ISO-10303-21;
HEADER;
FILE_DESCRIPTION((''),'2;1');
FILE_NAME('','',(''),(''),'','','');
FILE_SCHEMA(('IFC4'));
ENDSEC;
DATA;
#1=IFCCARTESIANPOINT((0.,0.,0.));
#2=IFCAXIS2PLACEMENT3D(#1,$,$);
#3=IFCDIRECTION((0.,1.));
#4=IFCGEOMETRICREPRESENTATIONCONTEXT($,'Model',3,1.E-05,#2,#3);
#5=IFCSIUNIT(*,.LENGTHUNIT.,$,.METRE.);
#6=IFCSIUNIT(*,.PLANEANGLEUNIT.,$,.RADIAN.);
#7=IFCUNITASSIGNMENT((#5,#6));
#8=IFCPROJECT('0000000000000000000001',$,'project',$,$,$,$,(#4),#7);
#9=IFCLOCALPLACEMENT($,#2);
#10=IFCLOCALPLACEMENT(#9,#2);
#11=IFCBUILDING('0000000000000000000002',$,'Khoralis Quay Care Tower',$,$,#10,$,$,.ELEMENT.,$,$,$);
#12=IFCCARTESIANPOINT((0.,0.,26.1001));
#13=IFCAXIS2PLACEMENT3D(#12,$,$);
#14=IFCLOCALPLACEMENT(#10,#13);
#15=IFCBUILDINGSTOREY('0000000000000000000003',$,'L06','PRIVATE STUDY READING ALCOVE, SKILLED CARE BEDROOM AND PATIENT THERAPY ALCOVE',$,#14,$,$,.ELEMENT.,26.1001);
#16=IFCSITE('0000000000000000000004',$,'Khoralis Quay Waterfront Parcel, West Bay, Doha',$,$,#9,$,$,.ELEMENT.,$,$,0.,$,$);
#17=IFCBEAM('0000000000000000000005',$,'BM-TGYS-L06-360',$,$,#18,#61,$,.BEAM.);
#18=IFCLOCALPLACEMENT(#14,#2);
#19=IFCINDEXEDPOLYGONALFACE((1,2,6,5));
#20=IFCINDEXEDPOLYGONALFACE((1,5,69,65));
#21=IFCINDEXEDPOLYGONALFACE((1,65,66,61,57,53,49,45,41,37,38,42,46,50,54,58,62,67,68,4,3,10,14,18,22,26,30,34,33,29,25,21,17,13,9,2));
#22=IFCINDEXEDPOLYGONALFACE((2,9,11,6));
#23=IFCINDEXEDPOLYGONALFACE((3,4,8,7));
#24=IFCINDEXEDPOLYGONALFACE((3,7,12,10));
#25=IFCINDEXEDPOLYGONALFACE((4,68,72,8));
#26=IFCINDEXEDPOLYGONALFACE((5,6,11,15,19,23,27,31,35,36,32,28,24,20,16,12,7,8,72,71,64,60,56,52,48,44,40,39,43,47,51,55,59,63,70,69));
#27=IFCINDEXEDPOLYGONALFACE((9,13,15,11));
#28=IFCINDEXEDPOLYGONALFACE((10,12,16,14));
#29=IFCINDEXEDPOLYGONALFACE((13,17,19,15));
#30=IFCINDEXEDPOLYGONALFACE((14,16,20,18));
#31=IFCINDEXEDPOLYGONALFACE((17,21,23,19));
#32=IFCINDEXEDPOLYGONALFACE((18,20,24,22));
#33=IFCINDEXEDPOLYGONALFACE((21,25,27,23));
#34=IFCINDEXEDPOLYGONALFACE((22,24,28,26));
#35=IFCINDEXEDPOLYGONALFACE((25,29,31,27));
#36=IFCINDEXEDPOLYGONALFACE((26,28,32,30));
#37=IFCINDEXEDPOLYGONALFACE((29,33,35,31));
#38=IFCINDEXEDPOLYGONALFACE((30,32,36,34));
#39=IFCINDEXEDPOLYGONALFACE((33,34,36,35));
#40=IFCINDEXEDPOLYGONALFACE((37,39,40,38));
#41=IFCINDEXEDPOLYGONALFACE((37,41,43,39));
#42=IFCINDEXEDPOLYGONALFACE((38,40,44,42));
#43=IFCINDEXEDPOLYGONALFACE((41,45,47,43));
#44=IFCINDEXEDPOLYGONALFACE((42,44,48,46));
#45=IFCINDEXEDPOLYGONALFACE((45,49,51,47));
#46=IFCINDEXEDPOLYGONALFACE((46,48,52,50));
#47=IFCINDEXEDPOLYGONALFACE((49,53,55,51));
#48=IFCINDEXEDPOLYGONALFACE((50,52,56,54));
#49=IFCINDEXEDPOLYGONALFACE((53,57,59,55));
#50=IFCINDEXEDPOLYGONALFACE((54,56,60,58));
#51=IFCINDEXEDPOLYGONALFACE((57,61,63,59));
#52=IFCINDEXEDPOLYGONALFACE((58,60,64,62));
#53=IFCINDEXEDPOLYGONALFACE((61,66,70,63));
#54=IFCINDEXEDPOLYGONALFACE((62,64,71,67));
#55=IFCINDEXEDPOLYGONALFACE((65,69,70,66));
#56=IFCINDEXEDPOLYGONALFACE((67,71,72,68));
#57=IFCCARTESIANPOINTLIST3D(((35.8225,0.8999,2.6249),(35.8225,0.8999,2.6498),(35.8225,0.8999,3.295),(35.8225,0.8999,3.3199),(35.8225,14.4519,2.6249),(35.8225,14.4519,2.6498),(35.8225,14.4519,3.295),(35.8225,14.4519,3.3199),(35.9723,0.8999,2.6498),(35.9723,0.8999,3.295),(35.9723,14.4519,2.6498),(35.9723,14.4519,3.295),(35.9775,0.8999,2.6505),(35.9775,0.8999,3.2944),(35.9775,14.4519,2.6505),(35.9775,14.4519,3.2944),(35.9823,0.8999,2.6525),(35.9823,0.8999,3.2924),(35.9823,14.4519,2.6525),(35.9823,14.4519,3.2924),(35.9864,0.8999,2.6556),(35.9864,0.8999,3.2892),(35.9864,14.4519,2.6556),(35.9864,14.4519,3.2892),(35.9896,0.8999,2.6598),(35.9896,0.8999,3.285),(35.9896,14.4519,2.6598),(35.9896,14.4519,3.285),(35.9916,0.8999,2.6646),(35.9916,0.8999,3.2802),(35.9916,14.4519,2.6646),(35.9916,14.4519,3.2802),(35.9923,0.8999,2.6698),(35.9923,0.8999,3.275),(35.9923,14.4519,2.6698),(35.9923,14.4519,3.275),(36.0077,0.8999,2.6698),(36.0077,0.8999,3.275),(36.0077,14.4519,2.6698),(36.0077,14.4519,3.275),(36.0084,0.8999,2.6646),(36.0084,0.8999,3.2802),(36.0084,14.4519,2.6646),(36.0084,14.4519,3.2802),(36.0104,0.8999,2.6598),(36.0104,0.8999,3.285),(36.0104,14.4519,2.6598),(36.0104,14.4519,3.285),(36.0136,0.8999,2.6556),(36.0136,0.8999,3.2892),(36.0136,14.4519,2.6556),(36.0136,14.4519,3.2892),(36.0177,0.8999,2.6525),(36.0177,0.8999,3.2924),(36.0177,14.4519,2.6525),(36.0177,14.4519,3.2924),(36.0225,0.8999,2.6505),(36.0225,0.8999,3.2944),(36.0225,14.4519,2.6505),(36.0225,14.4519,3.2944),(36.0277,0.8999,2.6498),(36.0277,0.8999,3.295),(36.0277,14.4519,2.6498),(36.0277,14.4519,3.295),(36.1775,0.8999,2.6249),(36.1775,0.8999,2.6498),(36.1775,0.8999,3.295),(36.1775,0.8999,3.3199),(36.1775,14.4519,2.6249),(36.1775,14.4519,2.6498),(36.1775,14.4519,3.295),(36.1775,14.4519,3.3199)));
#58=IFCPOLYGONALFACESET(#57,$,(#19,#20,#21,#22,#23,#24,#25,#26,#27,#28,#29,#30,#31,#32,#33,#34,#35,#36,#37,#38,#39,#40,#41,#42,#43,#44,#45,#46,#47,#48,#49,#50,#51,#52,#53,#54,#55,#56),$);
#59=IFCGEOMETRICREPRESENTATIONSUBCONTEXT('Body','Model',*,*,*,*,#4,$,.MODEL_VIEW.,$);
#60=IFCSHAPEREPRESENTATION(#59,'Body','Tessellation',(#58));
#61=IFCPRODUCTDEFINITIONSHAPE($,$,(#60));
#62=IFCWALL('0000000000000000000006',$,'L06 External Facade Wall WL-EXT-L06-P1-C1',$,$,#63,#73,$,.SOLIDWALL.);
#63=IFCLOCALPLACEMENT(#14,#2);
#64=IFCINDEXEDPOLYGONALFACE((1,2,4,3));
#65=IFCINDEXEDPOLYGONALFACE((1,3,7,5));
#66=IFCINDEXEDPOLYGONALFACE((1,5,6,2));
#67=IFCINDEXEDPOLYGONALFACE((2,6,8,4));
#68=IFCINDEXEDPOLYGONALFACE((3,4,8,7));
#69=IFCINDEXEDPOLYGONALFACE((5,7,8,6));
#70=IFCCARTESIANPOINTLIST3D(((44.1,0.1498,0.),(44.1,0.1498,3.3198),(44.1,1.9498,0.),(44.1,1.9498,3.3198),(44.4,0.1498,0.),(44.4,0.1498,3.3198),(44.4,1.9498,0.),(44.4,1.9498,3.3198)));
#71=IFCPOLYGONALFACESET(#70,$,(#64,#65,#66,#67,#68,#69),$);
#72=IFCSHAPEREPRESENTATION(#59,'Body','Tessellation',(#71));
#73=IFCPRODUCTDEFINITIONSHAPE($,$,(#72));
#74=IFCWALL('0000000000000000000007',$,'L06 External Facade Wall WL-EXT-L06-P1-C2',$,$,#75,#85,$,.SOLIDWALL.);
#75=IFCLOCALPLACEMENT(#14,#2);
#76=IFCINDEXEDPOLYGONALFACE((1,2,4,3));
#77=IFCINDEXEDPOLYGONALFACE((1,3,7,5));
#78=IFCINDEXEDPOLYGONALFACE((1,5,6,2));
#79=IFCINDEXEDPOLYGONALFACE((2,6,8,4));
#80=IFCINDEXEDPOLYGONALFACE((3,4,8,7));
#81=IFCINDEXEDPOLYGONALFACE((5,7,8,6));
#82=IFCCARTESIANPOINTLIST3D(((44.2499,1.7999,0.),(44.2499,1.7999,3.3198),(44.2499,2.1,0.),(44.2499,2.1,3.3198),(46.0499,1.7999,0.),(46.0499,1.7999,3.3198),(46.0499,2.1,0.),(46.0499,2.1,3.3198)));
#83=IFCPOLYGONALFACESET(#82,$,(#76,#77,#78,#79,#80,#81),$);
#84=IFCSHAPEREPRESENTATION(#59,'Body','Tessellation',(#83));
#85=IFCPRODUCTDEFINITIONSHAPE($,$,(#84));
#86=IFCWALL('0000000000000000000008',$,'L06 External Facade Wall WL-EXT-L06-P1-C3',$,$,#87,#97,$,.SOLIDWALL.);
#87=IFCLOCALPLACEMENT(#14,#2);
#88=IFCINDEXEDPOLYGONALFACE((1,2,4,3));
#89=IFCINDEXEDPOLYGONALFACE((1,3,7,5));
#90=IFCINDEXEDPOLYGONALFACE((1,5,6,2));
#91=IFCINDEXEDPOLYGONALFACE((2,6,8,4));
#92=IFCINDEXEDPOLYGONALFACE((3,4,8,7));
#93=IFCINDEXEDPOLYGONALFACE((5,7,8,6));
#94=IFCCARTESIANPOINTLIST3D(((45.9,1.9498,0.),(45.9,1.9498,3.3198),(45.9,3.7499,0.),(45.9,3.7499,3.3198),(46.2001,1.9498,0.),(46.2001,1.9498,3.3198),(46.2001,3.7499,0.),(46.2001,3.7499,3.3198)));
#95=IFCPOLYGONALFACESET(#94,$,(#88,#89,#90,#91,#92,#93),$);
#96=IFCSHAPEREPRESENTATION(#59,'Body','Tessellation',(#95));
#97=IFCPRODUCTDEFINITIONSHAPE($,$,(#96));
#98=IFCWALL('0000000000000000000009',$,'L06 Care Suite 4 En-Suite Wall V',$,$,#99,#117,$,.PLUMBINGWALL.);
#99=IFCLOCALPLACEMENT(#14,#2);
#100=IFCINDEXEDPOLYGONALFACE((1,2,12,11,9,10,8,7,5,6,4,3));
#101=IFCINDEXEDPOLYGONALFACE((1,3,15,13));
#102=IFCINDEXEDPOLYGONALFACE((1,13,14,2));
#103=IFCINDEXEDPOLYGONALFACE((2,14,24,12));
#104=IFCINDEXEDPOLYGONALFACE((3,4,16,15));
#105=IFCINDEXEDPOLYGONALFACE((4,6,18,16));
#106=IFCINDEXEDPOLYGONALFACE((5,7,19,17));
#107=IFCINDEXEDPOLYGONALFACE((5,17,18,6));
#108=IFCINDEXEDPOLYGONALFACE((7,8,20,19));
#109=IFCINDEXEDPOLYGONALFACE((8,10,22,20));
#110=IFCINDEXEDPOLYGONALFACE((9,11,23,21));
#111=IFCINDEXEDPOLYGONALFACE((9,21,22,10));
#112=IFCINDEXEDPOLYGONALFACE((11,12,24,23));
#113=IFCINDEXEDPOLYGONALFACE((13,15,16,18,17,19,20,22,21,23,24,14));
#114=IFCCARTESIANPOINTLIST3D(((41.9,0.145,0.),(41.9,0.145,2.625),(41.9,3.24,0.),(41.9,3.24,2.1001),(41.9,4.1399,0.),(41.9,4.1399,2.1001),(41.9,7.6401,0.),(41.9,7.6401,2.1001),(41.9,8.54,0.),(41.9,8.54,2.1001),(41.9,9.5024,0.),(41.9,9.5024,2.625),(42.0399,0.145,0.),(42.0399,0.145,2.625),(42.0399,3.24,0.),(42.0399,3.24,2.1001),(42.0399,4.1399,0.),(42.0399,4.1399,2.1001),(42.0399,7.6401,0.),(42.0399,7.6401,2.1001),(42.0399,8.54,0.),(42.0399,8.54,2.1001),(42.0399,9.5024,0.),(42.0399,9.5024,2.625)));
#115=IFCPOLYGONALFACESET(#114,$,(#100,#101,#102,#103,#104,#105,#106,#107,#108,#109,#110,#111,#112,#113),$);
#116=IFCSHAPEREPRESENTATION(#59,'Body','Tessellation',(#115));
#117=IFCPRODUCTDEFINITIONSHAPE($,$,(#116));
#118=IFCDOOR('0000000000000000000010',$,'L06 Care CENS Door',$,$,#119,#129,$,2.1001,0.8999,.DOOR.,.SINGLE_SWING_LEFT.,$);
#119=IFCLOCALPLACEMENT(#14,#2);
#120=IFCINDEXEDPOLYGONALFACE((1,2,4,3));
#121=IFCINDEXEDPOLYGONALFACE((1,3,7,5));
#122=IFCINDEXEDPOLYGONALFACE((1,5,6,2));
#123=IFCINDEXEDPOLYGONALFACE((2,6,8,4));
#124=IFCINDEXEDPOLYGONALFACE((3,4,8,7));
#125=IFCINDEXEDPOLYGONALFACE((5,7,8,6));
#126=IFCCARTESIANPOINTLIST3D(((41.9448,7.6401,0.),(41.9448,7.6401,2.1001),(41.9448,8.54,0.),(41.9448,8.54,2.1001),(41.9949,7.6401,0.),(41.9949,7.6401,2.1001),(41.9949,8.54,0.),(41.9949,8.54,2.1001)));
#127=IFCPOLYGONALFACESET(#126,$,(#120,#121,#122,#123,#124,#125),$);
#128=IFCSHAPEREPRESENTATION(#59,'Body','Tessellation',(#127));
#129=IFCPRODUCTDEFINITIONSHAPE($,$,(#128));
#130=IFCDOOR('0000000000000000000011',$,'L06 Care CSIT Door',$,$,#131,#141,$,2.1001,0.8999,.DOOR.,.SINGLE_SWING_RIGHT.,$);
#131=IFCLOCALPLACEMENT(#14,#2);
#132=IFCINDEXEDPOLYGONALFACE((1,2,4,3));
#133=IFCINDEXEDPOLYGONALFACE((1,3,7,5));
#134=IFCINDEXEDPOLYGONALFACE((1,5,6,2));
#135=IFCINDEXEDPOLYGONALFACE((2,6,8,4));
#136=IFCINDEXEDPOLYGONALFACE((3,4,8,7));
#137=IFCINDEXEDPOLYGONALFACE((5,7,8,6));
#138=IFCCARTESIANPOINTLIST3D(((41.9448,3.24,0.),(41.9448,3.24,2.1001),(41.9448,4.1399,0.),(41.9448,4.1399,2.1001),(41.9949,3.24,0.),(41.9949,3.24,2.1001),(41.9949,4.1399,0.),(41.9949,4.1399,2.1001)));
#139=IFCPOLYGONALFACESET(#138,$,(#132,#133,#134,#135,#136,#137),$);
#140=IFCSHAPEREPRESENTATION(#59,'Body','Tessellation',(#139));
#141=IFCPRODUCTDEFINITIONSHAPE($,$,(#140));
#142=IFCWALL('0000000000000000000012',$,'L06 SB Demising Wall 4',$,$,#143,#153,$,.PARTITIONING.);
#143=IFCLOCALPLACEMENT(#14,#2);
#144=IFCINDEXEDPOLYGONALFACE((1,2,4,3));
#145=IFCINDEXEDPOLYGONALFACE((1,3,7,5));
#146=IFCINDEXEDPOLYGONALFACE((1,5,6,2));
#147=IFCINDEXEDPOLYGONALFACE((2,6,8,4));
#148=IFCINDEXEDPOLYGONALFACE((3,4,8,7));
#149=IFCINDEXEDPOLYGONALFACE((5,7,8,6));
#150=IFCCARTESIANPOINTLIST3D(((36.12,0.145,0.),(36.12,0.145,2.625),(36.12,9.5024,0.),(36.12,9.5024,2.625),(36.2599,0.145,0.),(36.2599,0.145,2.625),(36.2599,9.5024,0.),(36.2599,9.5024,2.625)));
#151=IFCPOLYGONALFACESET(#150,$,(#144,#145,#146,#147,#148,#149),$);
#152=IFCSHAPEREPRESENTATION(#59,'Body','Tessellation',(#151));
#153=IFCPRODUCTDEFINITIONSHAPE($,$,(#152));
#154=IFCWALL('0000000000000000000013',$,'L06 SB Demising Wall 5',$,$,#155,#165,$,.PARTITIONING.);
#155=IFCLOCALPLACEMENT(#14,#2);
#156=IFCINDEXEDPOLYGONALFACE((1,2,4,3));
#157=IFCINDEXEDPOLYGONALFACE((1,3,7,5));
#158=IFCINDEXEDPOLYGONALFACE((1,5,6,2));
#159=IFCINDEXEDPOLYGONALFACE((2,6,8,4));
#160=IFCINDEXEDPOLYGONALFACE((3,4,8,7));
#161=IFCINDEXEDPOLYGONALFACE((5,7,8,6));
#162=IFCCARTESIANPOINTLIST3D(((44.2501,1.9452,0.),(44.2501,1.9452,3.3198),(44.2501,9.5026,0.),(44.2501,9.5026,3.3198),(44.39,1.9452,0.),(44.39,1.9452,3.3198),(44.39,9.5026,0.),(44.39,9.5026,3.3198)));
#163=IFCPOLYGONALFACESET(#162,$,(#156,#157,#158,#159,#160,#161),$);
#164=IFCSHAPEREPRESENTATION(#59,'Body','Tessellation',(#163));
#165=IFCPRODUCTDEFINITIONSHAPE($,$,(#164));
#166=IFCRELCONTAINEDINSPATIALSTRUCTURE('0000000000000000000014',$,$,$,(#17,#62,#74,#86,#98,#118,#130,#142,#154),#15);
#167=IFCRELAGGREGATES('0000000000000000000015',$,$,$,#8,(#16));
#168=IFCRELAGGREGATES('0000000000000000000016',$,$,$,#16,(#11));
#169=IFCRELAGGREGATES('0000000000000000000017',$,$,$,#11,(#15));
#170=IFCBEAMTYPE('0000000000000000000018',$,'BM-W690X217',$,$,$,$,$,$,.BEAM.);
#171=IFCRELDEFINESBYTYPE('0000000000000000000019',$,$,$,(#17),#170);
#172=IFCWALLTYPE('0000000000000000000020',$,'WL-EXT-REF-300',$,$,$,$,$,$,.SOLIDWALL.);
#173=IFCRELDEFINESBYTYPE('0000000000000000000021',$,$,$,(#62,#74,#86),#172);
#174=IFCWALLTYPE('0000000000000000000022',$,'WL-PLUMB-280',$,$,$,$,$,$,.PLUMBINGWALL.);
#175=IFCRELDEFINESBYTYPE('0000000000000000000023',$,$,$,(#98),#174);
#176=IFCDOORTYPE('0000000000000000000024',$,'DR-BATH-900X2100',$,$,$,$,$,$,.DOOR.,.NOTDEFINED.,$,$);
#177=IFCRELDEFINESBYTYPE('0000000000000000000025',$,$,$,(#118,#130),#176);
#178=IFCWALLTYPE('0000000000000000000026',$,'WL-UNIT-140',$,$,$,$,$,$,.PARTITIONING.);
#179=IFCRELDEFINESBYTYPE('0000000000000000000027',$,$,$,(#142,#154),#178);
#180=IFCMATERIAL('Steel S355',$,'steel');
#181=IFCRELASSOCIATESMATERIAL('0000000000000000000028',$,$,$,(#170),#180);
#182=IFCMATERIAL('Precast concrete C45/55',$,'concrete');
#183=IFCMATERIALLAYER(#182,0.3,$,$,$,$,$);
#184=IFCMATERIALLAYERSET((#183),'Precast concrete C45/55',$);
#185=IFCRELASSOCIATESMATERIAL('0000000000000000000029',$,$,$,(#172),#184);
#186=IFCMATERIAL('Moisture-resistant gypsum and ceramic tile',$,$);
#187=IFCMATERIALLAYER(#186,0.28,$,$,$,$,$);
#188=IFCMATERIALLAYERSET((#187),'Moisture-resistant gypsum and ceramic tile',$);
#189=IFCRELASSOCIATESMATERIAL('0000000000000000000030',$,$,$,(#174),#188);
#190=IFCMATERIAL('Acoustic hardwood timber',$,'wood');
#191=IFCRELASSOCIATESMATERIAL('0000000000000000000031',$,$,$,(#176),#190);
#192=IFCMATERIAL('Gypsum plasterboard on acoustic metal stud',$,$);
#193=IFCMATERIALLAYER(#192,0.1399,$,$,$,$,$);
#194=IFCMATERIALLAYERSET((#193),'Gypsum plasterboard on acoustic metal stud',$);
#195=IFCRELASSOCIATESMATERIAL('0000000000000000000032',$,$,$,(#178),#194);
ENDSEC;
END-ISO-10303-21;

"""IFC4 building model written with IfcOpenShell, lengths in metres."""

from ifc_helpers import new_model, si_unit, direction, frame, frame_2d, origin, origin_2d, place, context, subcontext, project, spatial, rectangle, i_section, extrude, source, transform, mapped, material, layer, layer_set, material_profile, profile_set, type_object, element, fill, save


model = new_model("IFC4")

# Units and contexts
model_context = context("Model", 3, precision=1e-05, world=origin(), true_north=direction((0.0, 1.0)))
body_context = subcontext(model_context, "Body", "Model", "MODEL_VIEW")
ifc_project = project(units=[si_unit("LENGTHUNIT", "METRE"), si_unit("PLANEANGLEUNIT", "RADIAN")], contexts=[model_context])

# Site, building, storey
site_placement = place(None, origin())
site = spatial("IfcSite", under=ifc_project, at=site_placement, Name="Khoralis Quay Waterfront Parcel, West Bay, Doha", CompositionType="ELEMENT", RefElevation=0.0)
building_placement = place(site_placement, origin())
building = spatial("IfcBuilding", under=site, at=building_placement, Name="Khoralis Quay Care Tower", CompositionType="ELEMENT")
storey_placement = place(building_placement, frame((0.0, 0.0, 26.1001)))
storey = spatial("IfcBuildingStorey", under=building, at=storey_placement, Name="L06", Description="PRIVATE STUDY READING ALCOVE, SKILLED CARE BEDROOM AND PATIENT THERAPY ALCOVE", CompositionType="ELEMENT", Elevation=26.1001)

# Beam
ifc_material_1 = material(Name="Steel S355", Category="steel")
ifc_material_profile_1 = material_profile(ifc_material_1, i_section(OverallWidth=0.355, OverallDepth=0.6951, WebThickness=0.0154, FlangeThickness=0.0249, FilletRadius=0.02, at=origin_2d()), Name="Steel S355")
ifc_profile_set_1 = profile_set([ifc_material_profile_1], Name="Steel S355")
beam_type_1 = type_object("IfcBeamType", Name="BM-W690X217", PredefinedType="BEAM", material=ifc_profile_set_1)
shared_shape_1 = source(origin(), body_context, "Body", "SweptSolid", [
    extrude(i_section(OverallWidth=0.355, OverallDepth=0.6951, WebThickness=0.0154, FlangeThickness=0.0249, FilletRadius=0.02, at=origin_2d()), origin(), (0.0, 0.0, 1.0), 13.552),
])
beam_1_placement = place(storey_placement, frame((36.0, 0.8999, 2.9724), z_axis=(0.0, 1.0, 0.0), x_axis=(-1.0, 0.0, 0.0)))
element("IfcBeam", 1, at=beam_1_placement, inside=storey, type_object=beam_type_1, Name="BM-TGYS-L06-360", PredefinedType="BEAM", context=body_context, shape_type="MappedRepresentation", body=[
    mapped(shared_shape_1, transform((0.0, 0.0, 0.0), scale=1.0)),
])

# Walls
ifc_material_2 = material(Name="Precast concrete C45/55", Category="concrete")
ifc_layer_1 = layer(ifc_material_2, 0.3)
ifc_layer_set_1 = layer_set([ifc_layer_1], Name="Precast concrete C45/55")
wall_type_1 = type_object("IfcWallType", Name="WL-EXT-REF-300", PredefinedType="SOLIDWALL", material=ifc_layer_set_1)
for number, where, z_axis, x_axis, name in (
    (2, (44.25, 0.1499, 0.0), (0.0, 0.0, 1.0), (0.0, 1.0, 0.0), "L06 External Facade Wall WL-EXT-L06-P1-C1"),
    (3, (44.25, 1.95, 0.0), (0.0, 0.0, 1.0), (1.0, 0.0, 0.0), "L06 External Facade Wall WL-EXT-L06-P1-C2"),
    (4, (46.05, 1.95, 0.0), (0.0, 0.0, 1.0), (0.0, 1.0, 0.0), "L06 External Facade Wall WL-EXT-L06-P1-C3"),
):
    element("IfcWall", number, at=place(storey_placement, frame(where, z_axis=z_axis, x_axis=x_axis)), inside=storey, type_object=wall_type_1, Name=name, PredefinedType="SOLIDWALL", context=body_context, shape_type="SweptSolid", body=[
        extrude(rectangle(XDim=1.8, YDim=0.3, at=frame_2d((0.8999, 0.0))), origin(), (0.0, 0.0, 1.0), 3.3198),
    ])

# Wall, openings, doors
ifc_material_3 = material(Name="Moisture-resistant gypsum and ceramic tile")
ifc_layer_2 = layer(ifc_material_3, 0.28)
ifc_layer_set_2 = layer_set([ifc_layer_2], Name="Moisture-resistant gypsum and ceramic tile")
wall_type_2 = type_object("IfcWallType", Name="WL-PLUMB-280", PredefinedType="PLUMBINGWALL", material=ifc_layer_set_2)
wall_1_placement = place(storey_placement, frame((41.97, 0.145, 0.0), z_axis=(0.0, 0.0, 1.0), x_axis=(0.0, 1.0, 0.0)))
wall_1 = element("IfcWall", 5, at=wall_1_placement, inside=storey, type_object=wall_type_2, Name="L06 Care Suite 4 En-Suite Wall V", PredefinedType="PLUMBINGWALL", context=body_context, shape_type="SweptSolid", body=[
    extrude(rectangle(XDim=9.3574, YDim=0.1399, at=frame_2d((4.6787, 0.0))), origin(), (0.0, 0.0, 1.0), 2.625),
])
opening_1_placement = place(wall_1_placement, frame((7.4951, 0.0, 0.0)))
opening_1 = element("IfcOpeningElement", 6, at=opening_1_placement, cuts=wall_1, PredefinedType="OPENING", context=body_context, shape_type="SweptSolid", body=[
    extrude(rectangle(XDim=0.8999, YDim=2.1001, at=frame_2d((0.45, 1.05))), frame((0.0, 0.0801, 0.0), z_axis=(0.0, -1.0, 0.0), x_axis=(1.0, 0.0, 0.0)), (0.0, 0.0, 1.0), 0.1599),
])
opening_2_placement = place(wall_1_placement, frame((3.095, 0.0, 0.0)))
opening_2 = element("IfcOpeningElement", 7, at=opening_2_placement, cuts=wall_1, PredefinedType="OPENING", context=body_context, shape_type="SweptSolid", body=[
    extrude(rectangle(XDim=0.8999, YDim=2.1001, at=frame_2d((0.45, 1.05))), frame((0.0, 0.0801, 0.0), z_axis=(0.0, -1.0, 0.0), x_axis=(1.0, 0.0, 0.0)), (0.0, 0.0, 1.0), 0.1599),
])
ifc_material_4 = material(Name="Acoustic hardwood timber", Category="wood")
door_type = type_object("IfcDoorType", Name="DR-BATH-900X2100", OperationType="NOTDEFINED", PredefinedType="DOOR", material=ifc_material_4)
shared_shape_2 = source(origin(), body_context, "Body", "SweptSolid", [
    extrude(rectangle(XDim=0.8999, YDim=2.1001, at=frame_2d((0.45, 1.05))), frame((0.0, 0.0249, 0.0), z_axis=(0.0, -1.0, 0.0), x_axis=(1.0, 0.0, 0.0)), (0.0, 0.0, 1.0), 0.05),
])
door_1_placement = place(opening_1_placement, frame((0.8999, 0.0, 0.0), z_axis=(0.0, 0.0, 1.0), x_axis=(-1.0, 0.0, 0.0)))
door_1 = element("IfcDoor", 8, at=door_1_placement, inside=storey, type_object=door_type, Name="L06 Care CENS Door", OperationType="SINGLE_SWING_LEFT", OverallHeight=2.1001, OverallWidth=0.8999, PredefinedType="DOOR", context=body_context, shape_type="MappedRepresentation", body=[
    mapped(shared_shape_2, transform((0.0, 0.0, 0.0), scale=1.0)),
])
fill(opening_1, door_1)
door_2_placement = place(opening_2_placement, frame((0.8999, 0.0, 0.0), z_axis=(0.0, 0.0, 1.0), x_axis=(-1.0, 0.0, 0.0)))
door_2 = element("IfcDoor", 9, at=door_2_placement, inside=storey, type_object=door_type, Name="L06 Care CSIT Door", OperationType="SINGLE_SWING_RIGHT", OverallHeight=2.1001, OverallWidth=0.8999, PredefinedType="DOOR", context=body_context, shape_type="MappedRepresentation", body=[
    mapped(shared_shape_2, transform((0.0, 0.0, 0.0), scale=1.0)),
])
fill(opening_2, door_2)

# Walls
ifc_material_5 = material(Name="Gypsum plasterboard on acoustic metal stud")
ifc_layer_3 = layer(ifc_material_5, 0.1399)
ifc_layer_set_3 = layer_set([ifc_layer_3], Name="Gypsum plasterboard on acoustic metal stud")
wall_type_3 = type_object("IfcWallType", Name="WL-UNIT-140", PredefinedType="PARTITIONING", material=ifc_layer_set_3)
wall_2_placement = place(storey_placement, frame((36.1899, 0.145, 0.0), z_axis=(0.0, 0.0, 1.0), x_axis=(0.0, 1.0, 0.0)))
element("IfcWall", 10, at=wall_2_placement, inside=storey, type_object=wall_type_3, Name="L06 SB Demising Wall 4", PredefinedType="PARTITIONING", context=body_context, shape_type="SweptSolid", body=[
    extrude(rectangle(XDim=9.3574, YDim=0.1399, at=frame_2d((4.6787, 0.0))), origin(), (0.0, 0.0, 1.0), 2.625),
])
wall_3_placement = place(storey_placement, frame((44.3201, 1.9451, 0.0), z_axis=(0.0, 0.0, 1.0), x_axis=(0.0, 1.0, 0.0)))
element("IfcWall", 11, at=wall_3_placement, inside=storey, type_object=wall_type_3, Name="L06 SB Demising Wall 5", PredefinedType="PARTITIONING", context=body_context, shape_type="SweptSolid", body=[
    extrude(rectangle(XDim=7.5574, YDim=0.1399, at=frame_2d((3.7788, 0.0))), origin(), (0.0, 0.0, 1.0), 3.3198),
])

save(model, "model.ifc")
